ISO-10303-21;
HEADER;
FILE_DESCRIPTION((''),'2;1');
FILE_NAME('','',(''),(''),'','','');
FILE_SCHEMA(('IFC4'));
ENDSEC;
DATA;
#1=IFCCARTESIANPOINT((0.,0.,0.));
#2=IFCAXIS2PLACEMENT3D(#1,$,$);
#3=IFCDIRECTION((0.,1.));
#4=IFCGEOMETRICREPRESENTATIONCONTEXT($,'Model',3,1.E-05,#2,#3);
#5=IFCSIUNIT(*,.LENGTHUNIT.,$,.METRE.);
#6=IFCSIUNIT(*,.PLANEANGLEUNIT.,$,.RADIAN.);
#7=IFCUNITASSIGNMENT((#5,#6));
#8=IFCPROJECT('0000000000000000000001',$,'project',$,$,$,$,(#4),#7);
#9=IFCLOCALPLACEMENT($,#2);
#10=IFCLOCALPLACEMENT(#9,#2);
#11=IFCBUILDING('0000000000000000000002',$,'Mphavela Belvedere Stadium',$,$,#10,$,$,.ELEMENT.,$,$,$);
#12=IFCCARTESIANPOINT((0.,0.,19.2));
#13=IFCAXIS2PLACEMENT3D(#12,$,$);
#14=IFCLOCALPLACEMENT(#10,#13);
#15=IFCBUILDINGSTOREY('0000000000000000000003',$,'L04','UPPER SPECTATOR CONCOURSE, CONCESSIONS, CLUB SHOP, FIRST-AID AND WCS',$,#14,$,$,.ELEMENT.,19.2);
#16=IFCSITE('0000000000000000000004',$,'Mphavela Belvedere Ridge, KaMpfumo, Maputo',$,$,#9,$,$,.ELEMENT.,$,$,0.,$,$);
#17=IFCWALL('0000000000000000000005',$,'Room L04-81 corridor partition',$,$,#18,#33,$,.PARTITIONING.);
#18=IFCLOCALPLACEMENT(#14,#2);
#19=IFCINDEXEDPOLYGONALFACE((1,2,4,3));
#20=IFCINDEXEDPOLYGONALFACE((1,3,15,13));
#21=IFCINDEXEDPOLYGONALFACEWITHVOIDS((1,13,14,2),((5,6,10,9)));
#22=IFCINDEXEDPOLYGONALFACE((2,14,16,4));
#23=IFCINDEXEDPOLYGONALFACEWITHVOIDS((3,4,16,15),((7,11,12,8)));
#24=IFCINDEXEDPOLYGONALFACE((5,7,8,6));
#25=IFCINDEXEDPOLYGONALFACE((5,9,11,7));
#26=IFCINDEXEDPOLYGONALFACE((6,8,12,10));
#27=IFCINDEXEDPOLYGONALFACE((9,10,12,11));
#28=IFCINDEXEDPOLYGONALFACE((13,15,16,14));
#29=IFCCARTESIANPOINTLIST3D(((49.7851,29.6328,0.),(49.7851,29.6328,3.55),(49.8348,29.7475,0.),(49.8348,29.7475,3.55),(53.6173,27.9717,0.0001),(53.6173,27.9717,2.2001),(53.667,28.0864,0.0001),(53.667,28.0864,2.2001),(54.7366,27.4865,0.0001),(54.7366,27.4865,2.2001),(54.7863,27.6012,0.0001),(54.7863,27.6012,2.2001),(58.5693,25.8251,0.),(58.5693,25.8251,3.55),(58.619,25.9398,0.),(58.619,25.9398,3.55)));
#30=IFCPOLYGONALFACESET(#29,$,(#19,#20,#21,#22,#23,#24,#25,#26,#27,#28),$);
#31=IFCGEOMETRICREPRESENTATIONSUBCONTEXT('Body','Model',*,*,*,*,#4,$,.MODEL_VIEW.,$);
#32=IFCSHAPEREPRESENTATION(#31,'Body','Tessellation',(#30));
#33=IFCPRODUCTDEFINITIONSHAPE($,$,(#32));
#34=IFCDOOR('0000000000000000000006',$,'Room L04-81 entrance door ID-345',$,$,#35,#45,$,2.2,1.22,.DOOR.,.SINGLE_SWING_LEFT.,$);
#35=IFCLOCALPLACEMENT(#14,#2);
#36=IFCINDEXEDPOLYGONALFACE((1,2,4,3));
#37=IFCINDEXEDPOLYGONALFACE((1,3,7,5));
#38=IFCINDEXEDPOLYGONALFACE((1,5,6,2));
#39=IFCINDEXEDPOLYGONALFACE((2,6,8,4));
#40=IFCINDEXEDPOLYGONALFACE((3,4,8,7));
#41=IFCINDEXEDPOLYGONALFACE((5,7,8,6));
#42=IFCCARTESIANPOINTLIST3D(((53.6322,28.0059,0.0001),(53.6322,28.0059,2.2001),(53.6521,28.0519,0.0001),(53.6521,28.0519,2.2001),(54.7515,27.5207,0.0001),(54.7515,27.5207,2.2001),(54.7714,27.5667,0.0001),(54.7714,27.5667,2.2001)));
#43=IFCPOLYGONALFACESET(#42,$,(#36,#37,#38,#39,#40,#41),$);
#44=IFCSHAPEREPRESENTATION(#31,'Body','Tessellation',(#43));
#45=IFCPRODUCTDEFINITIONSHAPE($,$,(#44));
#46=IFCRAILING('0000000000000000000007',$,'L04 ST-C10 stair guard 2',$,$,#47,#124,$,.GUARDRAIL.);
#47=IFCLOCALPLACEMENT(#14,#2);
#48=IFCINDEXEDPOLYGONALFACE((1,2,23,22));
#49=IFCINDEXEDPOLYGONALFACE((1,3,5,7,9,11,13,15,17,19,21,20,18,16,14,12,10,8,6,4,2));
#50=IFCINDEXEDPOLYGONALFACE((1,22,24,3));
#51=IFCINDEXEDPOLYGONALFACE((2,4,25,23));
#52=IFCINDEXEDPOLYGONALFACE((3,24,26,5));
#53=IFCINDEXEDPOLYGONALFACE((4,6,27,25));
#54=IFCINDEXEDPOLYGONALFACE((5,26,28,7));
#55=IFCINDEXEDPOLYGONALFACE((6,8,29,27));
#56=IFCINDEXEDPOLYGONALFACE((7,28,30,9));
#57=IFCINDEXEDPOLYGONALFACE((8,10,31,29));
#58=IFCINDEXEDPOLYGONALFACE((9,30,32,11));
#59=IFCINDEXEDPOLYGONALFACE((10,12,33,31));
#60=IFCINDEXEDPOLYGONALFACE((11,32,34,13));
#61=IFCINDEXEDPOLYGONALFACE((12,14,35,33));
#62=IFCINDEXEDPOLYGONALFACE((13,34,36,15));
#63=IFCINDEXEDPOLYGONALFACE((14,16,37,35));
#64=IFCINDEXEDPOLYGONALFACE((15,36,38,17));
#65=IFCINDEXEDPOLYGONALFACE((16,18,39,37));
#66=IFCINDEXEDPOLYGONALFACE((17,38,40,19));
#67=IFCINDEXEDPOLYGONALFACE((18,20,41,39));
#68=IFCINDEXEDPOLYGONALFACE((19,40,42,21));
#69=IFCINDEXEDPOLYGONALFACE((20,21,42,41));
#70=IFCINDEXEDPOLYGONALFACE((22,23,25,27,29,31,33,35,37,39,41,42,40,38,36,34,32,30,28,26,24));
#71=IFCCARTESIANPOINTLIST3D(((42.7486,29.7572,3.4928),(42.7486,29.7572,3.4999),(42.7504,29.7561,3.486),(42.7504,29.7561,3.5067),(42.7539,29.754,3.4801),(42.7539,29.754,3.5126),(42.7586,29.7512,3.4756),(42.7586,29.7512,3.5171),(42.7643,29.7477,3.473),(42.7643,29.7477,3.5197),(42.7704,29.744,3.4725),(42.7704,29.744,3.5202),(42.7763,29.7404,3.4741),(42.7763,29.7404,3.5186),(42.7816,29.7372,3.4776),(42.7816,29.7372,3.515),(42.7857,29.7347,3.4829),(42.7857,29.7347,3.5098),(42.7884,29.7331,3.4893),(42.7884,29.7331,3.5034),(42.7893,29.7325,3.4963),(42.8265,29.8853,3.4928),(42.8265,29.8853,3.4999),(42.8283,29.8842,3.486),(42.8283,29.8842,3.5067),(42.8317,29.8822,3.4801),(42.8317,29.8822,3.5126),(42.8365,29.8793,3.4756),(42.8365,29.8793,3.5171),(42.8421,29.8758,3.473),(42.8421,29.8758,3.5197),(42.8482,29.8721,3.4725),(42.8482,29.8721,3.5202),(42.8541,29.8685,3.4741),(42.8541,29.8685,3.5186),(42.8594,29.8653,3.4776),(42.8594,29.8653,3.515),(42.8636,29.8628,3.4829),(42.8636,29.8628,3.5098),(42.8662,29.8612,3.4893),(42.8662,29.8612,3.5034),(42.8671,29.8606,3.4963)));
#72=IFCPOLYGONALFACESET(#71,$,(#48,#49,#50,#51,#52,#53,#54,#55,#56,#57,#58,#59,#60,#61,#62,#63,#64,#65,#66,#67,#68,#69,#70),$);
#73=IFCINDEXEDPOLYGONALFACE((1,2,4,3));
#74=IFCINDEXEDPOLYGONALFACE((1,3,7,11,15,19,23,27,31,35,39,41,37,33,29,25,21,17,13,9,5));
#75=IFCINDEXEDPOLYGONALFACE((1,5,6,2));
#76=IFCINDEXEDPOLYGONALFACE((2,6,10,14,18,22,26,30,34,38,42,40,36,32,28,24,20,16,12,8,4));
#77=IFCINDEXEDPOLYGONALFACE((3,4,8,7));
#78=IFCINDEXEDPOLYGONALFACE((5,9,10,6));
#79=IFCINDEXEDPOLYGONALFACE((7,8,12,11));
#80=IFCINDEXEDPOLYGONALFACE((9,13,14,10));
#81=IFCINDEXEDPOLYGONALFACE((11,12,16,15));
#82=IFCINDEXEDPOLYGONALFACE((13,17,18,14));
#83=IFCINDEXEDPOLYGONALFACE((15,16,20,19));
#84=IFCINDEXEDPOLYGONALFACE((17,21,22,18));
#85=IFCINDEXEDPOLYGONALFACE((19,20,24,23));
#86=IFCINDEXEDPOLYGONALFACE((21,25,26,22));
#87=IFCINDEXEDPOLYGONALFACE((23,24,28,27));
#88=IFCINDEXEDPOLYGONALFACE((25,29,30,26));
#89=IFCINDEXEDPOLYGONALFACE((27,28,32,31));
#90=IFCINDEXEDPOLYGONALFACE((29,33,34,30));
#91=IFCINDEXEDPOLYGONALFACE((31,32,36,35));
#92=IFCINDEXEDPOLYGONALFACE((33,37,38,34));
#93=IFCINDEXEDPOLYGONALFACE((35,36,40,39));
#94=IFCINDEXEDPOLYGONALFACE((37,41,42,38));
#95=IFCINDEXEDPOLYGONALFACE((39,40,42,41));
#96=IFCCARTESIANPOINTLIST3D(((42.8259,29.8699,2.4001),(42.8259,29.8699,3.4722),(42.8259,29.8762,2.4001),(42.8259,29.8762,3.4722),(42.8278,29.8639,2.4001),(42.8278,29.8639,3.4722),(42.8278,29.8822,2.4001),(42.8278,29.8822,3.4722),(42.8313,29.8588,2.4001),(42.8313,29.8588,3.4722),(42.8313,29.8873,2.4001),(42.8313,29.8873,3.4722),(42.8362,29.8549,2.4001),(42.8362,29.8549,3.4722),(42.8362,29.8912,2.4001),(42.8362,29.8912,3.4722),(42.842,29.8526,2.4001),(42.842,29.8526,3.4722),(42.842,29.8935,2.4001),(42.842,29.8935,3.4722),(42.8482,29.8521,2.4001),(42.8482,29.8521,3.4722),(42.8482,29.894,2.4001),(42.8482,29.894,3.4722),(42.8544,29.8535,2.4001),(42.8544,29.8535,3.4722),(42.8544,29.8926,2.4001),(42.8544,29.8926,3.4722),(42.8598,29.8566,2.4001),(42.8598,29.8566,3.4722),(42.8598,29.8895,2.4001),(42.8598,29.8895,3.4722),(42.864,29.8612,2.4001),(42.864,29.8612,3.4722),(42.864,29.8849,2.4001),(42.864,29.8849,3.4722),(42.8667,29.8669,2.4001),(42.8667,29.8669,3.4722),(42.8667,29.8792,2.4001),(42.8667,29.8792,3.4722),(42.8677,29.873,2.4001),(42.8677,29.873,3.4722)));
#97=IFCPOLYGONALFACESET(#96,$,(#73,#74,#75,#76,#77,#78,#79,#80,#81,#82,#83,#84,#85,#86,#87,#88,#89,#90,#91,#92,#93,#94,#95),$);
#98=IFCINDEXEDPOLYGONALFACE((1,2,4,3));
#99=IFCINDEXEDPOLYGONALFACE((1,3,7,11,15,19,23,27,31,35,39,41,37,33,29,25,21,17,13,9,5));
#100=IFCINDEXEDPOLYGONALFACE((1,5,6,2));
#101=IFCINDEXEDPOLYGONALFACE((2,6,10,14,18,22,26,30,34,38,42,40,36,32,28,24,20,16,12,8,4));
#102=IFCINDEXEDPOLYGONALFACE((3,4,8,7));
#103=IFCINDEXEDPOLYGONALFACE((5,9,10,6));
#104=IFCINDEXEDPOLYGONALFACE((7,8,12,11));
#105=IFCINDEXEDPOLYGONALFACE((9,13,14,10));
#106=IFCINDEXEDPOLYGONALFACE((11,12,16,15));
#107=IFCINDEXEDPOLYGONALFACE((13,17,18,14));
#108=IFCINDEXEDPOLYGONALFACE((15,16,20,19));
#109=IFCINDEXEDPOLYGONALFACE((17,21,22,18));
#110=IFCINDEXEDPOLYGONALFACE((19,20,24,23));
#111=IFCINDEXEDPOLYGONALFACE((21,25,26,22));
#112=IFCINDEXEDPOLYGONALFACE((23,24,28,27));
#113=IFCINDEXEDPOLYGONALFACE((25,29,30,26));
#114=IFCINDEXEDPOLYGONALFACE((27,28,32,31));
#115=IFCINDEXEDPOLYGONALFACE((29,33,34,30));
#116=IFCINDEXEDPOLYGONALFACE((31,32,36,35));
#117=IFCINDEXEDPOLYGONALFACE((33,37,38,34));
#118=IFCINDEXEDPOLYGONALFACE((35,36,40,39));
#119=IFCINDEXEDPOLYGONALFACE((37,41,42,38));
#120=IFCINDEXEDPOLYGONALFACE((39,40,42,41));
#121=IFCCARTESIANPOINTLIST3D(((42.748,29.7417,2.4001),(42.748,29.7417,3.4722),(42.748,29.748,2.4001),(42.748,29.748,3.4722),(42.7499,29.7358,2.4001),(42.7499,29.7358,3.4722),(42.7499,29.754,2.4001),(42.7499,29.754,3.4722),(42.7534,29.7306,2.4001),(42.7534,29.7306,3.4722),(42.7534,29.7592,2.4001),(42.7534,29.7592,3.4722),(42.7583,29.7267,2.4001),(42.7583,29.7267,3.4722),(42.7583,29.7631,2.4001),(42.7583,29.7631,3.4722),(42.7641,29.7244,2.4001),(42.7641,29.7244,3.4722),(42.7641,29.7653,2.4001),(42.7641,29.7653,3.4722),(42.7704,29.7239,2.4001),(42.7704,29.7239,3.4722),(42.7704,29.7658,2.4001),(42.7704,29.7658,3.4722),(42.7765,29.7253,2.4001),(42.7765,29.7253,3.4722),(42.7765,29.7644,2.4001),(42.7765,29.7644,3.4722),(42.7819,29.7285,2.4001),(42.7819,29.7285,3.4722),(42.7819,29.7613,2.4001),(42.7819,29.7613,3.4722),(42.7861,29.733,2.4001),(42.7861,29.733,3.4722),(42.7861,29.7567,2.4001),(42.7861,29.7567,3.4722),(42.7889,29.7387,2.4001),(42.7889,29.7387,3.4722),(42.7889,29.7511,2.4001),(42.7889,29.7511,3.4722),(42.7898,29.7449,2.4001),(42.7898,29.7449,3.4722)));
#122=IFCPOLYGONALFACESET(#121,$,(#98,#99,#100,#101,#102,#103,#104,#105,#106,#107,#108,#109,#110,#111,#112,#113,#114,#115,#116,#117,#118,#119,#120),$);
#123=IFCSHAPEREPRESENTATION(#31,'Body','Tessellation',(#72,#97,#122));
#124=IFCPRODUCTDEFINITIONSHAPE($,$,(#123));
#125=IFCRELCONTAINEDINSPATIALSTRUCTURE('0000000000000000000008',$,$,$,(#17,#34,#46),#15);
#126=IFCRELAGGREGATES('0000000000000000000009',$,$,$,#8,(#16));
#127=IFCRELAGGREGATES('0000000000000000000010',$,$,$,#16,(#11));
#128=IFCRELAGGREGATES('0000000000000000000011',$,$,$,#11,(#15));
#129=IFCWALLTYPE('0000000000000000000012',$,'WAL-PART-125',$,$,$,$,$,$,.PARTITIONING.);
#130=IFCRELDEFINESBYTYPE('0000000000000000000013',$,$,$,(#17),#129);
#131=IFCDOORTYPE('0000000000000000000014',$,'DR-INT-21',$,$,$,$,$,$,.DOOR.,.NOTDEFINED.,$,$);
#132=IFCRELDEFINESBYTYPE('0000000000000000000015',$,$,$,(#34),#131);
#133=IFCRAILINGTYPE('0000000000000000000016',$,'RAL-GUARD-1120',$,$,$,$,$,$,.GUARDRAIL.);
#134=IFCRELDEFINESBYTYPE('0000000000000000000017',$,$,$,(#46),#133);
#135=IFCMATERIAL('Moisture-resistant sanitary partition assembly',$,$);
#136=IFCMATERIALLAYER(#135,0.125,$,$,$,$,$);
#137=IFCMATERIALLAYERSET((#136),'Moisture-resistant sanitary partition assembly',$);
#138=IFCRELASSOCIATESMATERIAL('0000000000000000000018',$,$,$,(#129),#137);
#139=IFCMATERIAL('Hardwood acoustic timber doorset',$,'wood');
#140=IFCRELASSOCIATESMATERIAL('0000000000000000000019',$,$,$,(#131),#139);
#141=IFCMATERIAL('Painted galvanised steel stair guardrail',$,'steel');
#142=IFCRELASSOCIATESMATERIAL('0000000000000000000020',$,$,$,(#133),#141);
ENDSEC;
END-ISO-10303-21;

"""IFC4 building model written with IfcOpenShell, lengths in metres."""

from ifc_helpers import new_model, si_unit, direction, frame, frame_2d, origin, origin_2d, place, context, subcontext, project, spatial, rectangle, circle, extrude, material, layer, layer_set, type_object, element, fill, save


model = new_model("IFC4")

# Units and contexts
model_context = context("Model", 3, precision=1e-05, world=origin(), true_north=direction((0.0, 1.0)))
body_context = subcontext(model_context, "Body", "Model", "MODEL_VIEW")
ifc_project = project(units=[si_unit("LENGTHUNIT", "METRE"), si_unit("PLANEANGLEUNIT", "RADIAN")], contexts=[model_context])

# Site, building, storey
site_placement = place(None, origin())
site = spatial("IfcSite", under=ifc_project, at=site_placement, Name="Mphavela Belvedere Ridge, KaMpfumo, Maputo", CompositionType="ELEMENT", RefElevation=0.0)
building_placement = place(site_placement, origin())
building = spatial("IfcBuilding", under=site, at=building_placement, Name="Mphavela Belvedere Stadium", CompositionType="ELEMENT")
storey_placement = place(building_placement, frame((0.0, 0.0, 19.2)))
storey = spatial("IfcBuildingStorey", under=building, at=storey_placement, Name="L04", Description="UPPER SPECTATOR CONCOURSE, CONCESSIONS, CLUB SHOP, FIRST-AID AND WCS", CompositionType="ELEMENT", Elevation=19.2)

# Wall, opening, door
ifc_material_1 = material(Name="Moisture-resistant sanitary partition assembly")
ifc_layer_1 = layer(ifc_material_1, 0.125)
ifc_layer_set_1 = layer_set([ifc_layer_1], Name="Moisture-resistant sanitary partition assembly")
wall_type_1 = type_object("IfcWallType", Name="WAL-PART-125", PredefinedType="PARTITIONING", material=ifc_layer_set_1)
wall_1_placement = place(storey_placement, frame((49.8098, 29.6902, 0.0), z_axis=(0.0, 0.0, 1.0), x_axis=(0.917512, -0.397708, 0.0)))
wall_1 = element("IfcWall", 1, at=wall_1_placement, inside=storey, type_object=wall_type_1, Name="Room L04-81 corridor partition", PredefinedType="PARTITIONING", context=body_context, shape_type="SweptSolid", body=[
    extrude(rectangle(XDim=9.574, YDim=0.125, at=frame_2d((4.7871, 0.0))), origin(), (0.0, 0.0, 1.0), 3.55),
])
opening_placement = place(wall_1_placement, frame((4.177, 0.0, 0.0)))
opening = element("IfcOpeningElement", 2, at=opening_placement, cuts=wall_1, PredefinedType="OPENING", context=body_context, shape_type="SweptSolid", body=[
    extrude(rectangle(XDim=1.22, YDim=2.2, at=frame_2d((0.6099, 1.1001))), frame((0.0, 0.0725, 0.0), z_axis=(0.0, -1.0, 0.0), x_axis=(1.0, 0.0, 0.0)), (0.0, 0.0, 1.0), 0.145),
])
ifc_material_2 = material(Name="Hardwood acoustic timber doorset", Category="wood")
door_type = type_object("IfcDoorType", Name="DR-INT-21", OperationType="NOTDEFINED", PredefinedType="DOOR", material=ifc_material_2)
door_placement = place(opening_placement, origin())
door = element("IfcDoor", 3, at=door_placement, inside=storey, type_object=door_type, Name="Room L04-81 entrance door ID-345", OperationType="SINGLE_SWING_LEFT", OverallHeight=2.2, OverallWidth=1.22, PredefinedType="DOOR", context=body_context, shape_type="SweptSolid", body=[
    extrude(rectangle(XDim=1.22, YDim=2.2, at=frame_2d((0.6099, 1.1001))), frame((0.0, 0.0249, 0.0), z_axis=(0.0, -1.0, 0.0), x_axis=(1.0, 0.0, 0.0)), (0.0, 0.0, 1.0), 0.05),
])
fill(opening, door)

# Railing
ifc_material_3 = material(Name="Painted galvanised steel stair guardrail", Category="steel")
railing_type_1 = type_object("IfcRailingType", Name="RAL-GUARD-1120", PredefinedType="GUARDRAIL", material=ifc_material_3)
railing_1_placement = place(storey_placement, frame((42.8467, 29.873, 2.4001)))
element("IfcRailing", 4, at=railing_1_placement, inside=storey, type_object=railing_type_1, Name="L04 ST-C10 stair guard 2", PredefinedType="GUARDRAIL", context=body_context, shape_type="SweptSolid", body=[
    extrude(circle(Radius=0.0239, at=origin_2d()), frame((0.0, 0.0, 1.0962), z_axis=(-0.519275, -0.854607, 0.0), x_axis=(0.854607, -0.519275, 0.0)), (0.0, 0.0, 1.0), 0.1499),
    extrude(circle(Radius=0.021, at=origin_2d()), origin(), (0.0, 0.0, 1.0), 1.072),
    extrude(circle(Radius=0.021, at=origin_2d()), frame((-0.0779, -0.1282, 0.0)), (0.0, 0.0, 1.0), 1.072),
])

save(model, "model.ifc")
